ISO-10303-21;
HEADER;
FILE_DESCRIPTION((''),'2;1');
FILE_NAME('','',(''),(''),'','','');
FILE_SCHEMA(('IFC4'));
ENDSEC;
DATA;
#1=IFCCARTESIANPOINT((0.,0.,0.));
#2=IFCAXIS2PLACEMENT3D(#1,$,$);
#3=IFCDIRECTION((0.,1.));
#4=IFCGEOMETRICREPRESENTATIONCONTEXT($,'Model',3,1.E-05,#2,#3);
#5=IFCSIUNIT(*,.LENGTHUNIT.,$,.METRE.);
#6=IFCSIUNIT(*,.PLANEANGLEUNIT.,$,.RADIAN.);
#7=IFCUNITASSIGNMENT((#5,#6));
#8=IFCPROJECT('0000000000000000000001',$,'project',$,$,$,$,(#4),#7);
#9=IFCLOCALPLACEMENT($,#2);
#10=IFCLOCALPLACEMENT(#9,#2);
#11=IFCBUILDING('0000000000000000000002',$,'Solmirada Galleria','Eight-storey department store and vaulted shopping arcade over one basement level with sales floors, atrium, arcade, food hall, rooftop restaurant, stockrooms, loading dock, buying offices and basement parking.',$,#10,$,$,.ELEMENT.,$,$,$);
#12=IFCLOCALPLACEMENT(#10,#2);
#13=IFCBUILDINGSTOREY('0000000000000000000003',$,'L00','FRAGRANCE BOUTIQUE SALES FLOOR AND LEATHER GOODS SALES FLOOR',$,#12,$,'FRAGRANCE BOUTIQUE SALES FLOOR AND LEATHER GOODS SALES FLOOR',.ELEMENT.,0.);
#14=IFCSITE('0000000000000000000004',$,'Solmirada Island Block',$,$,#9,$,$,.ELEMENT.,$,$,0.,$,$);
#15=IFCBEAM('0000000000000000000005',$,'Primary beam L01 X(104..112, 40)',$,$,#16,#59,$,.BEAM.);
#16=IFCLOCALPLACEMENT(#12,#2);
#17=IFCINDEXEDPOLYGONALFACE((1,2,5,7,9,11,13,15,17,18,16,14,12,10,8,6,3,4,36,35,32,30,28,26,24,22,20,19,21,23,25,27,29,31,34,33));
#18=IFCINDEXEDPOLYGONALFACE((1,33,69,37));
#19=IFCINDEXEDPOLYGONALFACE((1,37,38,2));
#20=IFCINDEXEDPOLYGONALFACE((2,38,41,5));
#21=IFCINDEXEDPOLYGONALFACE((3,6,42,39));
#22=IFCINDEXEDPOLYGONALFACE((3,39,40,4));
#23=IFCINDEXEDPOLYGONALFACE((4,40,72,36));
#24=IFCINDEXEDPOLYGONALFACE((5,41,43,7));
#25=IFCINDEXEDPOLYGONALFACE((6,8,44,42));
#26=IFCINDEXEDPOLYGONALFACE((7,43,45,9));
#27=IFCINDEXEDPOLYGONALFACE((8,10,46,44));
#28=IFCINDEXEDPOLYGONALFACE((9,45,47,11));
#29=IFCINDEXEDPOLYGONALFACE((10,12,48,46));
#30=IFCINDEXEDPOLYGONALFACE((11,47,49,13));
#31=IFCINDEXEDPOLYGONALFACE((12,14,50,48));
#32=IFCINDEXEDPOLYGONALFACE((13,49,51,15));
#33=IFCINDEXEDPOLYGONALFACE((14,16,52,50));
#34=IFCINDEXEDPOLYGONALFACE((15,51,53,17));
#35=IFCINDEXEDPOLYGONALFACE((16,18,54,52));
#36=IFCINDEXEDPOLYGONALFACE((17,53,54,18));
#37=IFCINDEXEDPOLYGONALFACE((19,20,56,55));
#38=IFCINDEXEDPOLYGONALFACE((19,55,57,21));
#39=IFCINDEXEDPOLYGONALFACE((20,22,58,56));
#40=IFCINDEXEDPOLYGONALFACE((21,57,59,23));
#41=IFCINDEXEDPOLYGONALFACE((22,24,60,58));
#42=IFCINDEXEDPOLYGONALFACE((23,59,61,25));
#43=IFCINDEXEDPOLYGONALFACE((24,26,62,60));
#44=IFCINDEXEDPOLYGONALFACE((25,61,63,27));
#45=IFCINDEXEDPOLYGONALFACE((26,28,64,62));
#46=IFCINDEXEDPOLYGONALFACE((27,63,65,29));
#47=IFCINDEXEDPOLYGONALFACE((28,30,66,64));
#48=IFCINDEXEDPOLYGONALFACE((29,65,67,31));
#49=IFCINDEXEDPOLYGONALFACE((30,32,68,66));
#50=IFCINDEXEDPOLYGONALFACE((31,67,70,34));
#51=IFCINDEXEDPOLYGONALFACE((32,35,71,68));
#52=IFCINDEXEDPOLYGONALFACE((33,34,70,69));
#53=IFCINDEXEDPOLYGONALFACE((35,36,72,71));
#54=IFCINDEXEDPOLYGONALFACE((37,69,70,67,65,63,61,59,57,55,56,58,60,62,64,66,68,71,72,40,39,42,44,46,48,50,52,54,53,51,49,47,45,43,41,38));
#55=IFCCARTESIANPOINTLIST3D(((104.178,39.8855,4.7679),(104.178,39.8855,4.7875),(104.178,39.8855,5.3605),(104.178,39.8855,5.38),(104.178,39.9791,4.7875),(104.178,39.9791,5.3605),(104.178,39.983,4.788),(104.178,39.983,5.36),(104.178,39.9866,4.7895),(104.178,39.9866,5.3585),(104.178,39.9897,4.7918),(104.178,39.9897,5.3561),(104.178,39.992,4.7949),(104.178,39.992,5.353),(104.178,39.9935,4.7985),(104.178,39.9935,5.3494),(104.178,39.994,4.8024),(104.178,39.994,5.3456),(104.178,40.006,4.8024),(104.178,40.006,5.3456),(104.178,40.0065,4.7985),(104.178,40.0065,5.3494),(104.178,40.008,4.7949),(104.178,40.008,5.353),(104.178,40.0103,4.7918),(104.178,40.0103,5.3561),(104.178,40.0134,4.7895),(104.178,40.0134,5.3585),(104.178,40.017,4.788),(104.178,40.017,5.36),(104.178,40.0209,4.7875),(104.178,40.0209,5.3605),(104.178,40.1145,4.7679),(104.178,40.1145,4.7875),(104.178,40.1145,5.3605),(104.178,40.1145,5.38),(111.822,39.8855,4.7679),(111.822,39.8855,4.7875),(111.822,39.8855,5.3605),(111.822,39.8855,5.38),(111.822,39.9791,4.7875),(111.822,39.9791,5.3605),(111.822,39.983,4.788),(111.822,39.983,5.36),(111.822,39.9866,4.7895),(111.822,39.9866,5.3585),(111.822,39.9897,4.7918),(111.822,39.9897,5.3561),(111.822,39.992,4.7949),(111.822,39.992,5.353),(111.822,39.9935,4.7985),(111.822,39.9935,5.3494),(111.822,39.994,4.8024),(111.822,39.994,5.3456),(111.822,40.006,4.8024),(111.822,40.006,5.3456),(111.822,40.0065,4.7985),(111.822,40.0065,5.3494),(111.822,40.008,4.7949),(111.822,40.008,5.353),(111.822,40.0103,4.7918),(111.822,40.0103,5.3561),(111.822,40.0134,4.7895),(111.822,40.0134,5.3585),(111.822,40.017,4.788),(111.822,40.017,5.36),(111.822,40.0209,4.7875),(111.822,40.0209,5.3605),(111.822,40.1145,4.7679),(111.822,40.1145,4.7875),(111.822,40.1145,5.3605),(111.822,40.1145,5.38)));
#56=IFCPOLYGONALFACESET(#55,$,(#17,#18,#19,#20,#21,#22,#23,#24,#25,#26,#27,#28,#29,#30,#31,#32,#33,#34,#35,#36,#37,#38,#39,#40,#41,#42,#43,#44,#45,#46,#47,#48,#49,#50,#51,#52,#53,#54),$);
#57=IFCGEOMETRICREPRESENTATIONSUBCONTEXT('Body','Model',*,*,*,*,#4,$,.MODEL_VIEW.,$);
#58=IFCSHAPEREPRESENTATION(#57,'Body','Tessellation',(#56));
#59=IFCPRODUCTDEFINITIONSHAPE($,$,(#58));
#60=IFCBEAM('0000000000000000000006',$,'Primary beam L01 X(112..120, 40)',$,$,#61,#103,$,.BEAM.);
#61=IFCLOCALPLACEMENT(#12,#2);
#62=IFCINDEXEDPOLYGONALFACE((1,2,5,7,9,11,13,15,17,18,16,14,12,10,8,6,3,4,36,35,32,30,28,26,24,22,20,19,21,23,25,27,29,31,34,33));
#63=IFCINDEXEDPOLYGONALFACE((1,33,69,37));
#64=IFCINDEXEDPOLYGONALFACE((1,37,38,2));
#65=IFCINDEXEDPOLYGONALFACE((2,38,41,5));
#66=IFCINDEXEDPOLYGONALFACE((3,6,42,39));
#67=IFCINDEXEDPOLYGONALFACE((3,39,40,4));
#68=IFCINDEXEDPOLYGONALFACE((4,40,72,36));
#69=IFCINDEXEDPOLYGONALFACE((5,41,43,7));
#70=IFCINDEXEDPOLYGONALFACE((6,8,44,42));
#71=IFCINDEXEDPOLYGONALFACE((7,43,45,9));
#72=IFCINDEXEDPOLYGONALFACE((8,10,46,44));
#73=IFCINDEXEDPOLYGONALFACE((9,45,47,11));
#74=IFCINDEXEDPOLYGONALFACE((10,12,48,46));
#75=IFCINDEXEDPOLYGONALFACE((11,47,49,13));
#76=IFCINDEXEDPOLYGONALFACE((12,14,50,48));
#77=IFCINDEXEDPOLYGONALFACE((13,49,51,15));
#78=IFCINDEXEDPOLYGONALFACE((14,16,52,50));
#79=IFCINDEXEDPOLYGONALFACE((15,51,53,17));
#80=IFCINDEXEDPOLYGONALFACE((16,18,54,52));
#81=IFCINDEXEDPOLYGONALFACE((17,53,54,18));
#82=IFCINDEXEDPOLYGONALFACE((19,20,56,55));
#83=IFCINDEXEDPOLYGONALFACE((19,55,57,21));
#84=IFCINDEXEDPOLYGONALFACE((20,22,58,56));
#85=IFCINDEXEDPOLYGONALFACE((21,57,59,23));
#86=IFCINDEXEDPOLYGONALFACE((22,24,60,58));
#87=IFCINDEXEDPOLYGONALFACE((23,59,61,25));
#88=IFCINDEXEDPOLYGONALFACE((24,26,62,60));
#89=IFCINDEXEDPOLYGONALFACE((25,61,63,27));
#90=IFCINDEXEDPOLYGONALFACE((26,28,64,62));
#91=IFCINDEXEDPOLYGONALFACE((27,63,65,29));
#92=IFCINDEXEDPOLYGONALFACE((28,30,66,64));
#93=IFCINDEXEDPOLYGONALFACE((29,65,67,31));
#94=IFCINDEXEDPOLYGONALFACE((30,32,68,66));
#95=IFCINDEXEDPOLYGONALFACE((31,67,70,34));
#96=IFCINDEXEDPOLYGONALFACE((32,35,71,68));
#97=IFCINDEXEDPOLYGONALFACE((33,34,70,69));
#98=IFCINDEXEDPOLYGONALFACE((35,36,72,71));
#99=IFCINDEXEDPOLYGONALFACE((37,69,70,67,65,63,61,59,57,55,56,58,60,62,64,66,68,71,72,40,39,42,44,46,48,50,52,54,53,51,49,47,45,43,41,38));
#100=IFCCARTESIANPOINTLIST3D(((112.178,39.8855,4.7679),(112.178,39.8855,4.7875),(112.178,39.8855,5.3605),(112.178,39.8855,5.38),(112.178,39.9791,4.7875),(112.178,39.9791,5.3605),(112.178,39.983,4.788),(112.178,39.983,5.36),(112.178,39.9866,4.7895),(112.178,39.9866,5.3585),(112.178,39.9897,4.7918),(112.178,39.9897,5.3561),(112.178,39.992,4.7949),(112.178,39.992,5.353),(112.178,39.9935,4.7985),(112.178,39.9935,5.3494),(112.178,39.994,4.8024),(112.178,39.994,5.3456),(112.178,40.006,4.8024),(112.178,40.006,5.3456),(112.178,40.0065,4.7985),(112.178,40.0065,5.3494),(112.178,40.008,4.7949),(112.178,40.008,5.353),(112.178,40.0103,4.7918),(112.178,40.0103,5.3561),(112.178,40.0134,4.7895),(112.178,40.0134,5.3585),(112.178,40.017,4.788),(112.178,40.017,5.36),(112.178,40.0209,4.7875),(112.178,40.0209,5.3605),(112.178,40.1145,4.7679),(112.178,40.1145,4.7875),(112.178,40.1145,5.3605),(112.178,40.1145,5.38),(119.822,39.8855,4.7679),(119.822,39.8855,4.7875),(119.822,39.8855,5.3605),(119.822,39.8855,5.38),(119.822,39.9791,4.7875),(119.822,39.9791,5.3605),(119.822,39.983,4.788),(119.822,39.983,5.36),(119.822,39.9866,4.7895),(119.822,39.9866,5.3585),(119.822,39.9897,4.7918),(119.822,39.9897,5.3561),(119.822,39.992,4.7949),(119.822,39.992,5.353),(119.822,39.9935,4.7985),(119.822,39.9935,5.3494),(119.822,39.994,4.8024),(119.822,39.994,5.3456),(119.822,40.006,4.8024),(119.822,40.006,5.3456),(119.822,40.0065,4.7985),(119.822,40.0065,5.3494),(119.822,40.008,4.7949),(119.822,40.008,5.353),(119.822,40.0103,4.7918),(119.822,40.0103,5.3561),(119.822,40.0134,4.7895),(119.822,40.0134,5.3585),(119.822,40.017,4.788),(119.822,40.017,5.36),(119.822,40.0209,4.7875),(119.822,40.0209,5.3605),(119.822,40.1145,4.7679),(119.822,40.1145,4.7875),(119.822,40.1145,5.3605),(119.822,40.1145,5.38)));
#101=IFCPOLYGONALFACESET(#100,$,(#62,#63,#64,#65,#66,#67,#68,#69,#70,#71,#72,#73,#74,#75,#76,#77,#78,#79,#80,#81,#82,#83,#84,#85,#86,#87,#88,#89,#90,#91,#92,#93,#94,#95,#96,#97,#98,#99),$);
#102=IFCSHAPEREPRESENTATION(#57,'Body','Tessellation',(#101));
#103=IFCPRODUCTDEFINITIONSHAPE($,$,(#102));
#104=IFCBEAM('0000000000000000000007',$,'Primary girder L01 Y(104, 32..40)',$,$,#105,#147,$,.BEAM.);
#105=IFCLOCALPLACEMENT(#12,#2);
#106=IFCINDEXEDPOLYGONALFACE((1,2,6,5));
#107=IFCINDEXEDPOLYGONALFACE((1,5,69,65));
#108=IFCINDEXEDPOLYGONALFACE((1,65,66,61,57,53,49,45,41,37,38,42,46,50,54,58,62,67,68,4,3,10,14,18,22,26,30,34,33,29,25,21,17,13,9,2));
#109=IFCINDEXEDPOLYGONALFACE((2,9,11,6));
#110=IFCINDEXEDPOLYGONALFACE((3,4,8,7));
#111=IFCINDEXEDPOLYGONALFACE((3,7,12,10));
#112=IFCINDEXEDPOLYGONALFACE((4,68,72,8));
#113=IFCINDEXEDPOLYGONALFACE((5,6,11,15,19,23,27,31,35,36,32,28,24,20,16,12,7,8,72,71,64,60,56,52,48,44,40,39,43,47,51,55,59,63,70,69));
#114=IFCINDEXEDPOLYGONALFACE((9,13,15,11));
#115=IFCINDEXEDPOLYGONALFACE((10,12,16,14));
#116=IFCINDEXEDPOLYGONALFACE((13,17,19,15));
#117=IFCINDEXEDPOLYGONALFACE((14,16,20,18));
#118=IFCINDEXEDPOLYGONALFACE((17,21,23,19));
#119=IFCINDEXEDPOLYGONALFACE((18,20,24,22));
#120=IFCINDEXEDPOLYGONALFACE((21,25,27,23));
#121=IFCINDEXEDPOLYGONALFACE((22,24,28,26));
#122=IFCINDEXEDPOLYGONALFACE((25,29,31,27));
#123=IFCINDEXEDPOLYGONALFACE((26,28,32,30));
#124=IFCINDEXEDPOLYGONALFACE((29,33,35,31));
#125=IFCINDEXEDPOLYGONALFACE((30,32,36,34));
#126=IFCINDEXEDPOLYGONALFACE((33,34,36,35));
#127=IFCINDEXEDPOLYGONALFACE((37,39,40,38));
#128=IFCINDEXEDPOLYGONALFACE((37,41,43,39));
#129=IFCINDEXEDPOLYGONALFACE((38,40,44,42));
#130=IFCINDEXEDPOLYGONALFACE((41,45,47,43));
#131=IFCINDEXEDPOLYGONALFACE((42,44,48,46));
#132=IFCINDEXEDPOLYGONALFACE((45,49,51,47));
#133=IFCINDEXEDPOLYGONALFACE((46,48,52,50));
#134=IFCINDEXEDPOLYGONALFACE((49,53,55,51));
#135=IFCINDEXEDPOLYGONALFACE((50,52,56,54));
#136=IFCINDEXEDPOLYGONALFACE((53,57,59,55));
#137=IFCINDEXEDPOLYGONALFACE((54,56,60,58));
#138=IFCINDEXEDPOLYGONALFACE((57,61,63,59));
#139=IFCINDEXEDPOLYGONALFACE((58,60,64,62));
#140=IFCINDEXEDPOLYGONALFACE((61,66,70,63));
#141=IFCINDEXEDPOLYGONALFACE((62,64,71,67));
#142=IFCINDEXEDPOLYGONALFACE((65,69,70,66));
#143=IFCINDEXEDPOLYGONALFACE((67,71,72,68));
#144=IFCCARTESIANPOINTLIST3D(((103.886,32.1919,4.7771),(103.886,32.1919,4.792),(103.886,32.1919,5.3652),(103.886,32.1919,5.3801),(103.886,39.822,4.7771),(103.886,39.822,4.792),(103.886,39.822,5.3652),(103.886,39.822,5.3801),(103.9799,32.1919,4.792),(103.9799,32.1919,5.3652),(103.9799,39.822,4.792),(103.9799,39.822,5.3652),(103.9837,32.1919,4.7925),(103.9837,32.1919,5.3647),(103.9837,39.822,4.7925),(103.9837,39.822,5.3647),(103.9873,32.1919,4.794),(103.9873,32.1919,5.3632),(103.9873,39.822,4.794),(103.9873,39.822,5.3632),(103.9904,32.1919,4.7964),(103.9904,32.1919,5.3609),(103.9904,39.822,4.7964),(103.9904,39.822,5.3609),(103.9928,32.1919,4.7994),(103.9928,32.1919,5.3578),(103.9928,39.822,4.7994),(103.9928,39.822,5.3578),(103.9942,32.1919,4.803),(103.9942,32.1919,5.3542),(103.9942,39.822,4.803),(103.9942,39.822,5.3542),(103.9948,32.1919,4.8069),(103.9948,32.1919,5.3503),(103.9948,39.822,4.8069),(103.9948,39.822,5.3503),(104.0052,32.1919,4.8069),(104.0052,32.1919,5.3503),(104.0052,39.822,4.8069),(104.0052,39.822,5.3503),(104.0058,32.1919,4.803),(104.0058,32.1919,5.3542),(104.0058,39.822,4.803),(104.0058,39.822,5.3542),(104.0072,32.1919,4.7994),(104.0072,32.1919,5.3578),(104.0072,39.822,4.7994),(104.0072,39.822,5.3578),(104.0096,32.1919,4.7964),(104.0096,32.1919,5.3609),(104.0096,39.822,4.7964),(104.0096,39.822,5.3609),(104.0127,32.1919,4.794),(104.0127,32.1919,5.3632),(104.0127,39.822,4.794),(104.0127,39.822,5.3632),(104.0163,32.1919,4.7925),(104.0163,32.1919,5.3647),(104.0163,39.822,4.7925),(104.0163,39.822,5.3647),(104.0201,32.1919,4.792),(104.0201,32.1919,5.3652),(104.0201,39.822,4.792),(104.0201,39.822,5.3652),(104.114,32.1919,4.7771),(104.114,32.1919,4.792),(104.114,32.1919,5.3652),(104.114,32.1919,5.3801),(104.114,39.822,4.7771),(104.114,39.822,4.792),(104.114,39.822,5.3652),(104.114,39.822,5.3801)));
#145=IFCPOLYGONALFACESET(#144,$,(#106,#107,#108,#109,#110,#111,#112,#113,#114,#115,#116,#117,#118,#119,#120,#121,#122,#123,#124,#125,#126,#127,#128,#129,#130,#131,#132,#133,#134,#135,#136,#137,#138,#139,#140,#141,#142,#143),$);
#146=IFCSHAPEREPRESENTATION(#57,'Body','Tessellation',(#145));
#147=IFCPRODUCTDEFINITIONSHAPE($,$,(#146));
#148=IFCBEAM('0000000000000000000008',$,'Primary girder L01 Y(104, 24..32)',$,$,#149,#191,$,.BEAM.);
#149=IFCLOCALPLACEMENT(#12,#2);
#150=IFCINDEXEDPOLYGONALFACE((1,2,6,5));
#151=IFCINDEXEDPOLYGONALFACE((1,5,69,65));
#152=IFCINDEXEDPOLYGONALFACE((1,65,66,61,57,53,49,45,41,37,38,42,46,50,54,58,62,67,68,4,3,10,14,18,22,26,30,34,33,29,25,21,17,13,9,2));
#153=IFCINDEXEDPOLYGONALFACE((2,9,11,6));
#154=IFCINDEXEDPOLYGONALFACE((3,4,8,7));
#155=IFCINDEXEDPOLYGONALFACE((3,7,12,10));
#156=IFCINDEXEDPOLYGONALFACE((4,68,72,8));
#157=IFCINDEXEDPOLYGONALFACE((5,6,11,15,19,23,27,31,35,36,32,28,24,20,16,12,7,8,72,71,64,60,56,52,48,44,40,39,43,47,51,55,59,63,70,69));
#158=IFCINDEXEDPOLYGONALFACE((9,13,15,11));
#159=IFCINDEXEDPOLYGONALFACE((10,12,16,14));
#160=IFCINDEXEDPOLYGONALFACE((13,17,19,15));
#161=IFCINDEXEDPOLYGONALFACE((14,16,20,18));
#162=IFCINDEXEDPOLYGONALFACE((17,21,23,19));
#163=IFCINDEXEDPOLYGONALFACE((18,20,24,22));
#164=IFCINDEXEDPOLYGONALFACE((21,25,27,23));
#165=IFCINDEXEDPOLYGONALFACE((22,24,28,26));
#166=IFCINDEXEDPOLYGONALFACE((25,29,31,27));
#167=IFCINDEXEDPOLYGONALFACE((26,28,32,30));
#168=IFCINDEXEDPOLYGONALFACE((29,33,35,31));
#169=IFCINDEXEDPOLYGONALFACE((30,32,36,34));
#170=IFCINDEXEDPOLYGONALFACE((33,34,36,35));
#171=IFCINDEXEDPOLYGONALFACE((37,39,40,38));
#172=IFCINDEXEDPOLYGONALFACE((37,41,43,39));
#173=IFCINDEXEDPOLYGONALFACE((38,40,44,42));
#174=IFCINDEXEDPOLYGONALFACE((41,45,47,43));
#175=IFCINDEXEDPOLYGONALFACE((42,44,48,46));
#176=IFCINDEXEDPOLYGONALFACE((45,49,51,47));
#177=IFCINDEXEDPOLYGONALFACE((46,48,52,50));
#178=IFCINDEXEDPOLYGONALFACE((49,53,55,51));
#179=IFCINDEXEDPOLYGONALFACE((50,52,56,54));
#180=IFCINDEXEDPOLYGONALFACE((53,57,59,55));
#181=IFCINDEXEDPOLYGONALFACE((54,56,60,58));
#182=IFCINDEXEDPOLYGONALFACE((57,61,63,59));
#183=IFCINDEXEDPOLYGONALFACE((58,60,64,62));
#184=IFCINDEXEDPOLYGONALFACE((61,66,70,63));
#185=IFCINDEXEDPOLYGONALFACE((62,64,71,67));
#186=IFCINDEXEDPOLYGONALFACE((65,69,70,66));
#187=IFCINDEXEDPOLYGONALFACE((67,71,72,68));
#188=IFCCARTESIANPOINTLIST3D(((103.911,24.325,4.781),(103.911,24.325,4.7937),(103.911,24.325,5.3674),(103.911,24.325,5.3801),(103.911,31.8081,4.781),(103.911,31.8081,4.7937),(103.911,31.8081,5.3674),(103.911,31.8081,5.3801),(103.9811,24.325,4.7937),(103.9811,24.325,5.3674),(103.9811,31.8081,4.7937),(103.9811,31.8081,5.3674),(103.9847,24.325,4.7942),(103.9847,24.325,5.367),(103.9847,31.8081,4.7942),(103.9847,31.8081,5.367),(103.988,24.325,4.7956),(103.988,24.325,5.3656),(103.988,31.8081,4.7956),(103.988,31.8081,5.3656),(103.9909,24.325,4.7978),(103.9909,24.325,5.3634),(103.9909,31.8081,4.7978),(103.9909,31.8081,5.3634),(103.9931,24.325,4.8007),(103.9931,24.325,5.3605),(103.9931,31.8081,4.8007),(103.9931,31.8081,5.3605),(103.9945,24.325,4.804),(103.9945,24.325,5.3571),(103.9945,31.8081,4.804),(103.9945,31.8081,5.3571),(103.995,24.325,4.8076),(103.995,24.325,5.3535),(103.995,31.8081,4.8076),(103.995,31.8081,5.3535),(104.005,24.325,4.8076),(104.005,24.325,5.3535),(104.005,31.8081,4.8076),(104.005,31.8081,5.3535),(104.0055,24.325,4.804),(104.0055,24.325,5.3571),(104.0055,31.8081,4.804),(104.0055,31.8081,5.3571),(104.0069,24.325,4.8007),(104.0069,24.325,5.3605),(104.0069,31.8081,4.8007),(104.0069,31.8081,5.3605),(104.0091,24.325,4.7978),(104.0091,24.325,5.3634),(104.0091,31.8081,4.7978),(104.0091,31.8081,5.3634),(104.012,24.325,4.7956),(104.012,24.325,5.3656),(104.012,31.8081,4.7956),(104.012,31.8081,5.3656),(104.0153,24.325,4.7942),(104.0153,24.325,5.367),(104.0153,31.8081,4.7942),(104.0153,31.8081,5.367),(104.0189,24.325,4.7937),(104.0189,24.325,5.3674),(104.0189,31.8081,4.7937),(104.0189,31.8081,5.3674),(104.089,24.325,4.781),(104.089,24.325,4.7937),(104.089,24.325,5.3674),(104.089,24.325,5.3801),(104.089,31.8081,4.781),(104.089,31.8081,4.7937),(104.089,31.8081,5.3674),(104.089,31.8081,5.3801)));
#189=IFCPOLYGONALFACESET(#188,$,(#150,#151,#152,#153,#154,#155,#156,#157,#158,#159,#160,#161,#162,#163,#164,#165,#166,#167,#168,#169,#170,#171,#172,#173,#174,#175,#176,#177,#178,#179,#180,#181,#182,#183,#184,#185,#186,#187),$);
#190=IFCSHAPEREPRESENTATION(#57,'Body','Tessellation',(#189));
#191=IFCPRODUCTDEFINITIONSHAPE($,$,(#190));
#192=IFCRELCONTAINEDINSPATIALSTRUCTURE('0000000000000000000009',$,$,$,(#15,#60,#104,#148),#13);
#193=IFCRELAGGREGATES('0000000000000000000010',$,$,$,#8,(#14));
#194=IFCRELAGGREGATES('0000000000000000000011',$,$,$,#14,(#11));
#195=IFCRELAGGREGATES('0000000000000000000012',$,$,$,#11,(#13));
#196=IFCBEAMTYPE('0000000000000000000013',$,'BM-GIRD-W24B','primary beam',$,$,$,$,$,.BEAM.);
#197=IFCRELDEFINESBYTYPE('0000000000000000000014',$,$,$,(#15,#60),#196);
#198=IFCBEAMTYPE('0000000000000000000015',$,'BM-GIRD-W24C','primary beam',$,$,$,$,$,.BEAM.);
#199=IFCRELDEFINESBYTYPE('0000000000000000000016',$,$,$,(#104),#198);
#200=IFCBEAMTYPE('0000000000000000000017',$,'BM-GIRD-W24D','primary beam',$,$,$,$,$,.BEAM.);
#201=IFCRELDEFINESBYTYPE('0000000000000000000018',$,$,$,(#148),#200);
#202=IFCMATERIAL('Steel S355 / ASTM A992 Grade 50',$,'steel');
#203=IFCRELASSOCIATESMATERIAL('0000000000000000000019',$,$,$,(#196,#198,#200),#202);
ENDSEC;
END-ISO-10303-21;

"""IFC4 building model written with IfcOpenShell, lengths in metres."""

from ifc_helpers import new_model, si_unit, direction, frame, origin, origin_2d, place, context, subcontext, project, spatial, i_section, extrude, material, material_profile, profile_set, type_object, element, save


model = new_model("IFC4")

# Units and contexts
model_context = context("Model", 3, precision=1e-05, world=origin(), true_north=direction((0.0, 1.0)))
body_context = subcontext(model_context, "Body", "Model", "MODEL_VIEW")
ifc_project = project(units=[si_unit("LENGTHUNIT", "METRE"), si_unit("PLANEANGLEUNIT", "RADIAN")], contexts=[model_context])

# Site, building, storey
site_placement = place(None, origin())
site = spatial("IfcSite", under=ifc_project, at=site_placement, Name="Solmirada Island Block", CompositionType="ELEMENT", RefElevation=0.0)
building_placement = place(site_placement, origin())
building = spatial("IfcBuilding", under=site, at=building_placement, Name="Solmirada Galleria", Description="Eight-storey department store and vaulted shopping arcade over one basement level with sales floors, atrium, arcade, food hall, rooftop restaurant, stockrooms, loading dock, buying offices and basement parking.", CompositionType="ELEMENT")
storey_placement = place(building_placement, origin())
storey = spatial("IfcBuildingStorey", under=building, at=storey_placement, Name="L00", Description="FRAGRANCE BOUTIQUE SALES FLOOR AND LEATHER GOODS SALES FLOOR", LongName="FRAGRANCE BOUTIQUE SALES FLOOR AND LEATHER GOODS SALES FLOOR", CompositionType="ELEMENT", Elevation=0.0)

# Beams
ifc_material_1 = material(Name="Steel S355 / ASTM A992 Grade 50", Category="steel")
ifc_material_profile_1 = material_profile(ifc_material_1, i_section(OverallWidth=0.229, OverallDepth=0.6121, WebThickness=0.012, FlangeThickness=0.0195, FilletRadius=0.0149, at=origin_2d()), Name="W24X84")
ifc_profile_set_1 = profile_set([ifc_material_profile_1], Name="Steel S355 / ASTM A992 Grade 50")
beam_type_1 = type_object("IfcBeamType", Name="BM-GIRD-W24B", Description="primary beam", PredefinedType="BEAM", material=ifc_profile_set_1)
for number, where, z_axis, x_axis, name in (
    (1, (104.178, 40.0, 5.074), (1.0, 0.0, 0.0), (0.0, 1.0, 0.0), "Primary beam L01 X(104..112, 40)"),
    (2, (112.178, 40.0, 5.074), (1.0, 0.0, 0.0), (0.0, 1.0, 0.0), "Primary beam L01 X(112..120, 40)"),
):
    element("IfcBeam", number, at=place(storey_placement, frame(where, z_axis=z_axis, x_axis=x_axis)), inside=storey, type_object=beam_type_1, Name=name, PredefinedType="BEAM", context=body_context, shape_type="SweptSolid", body=[
        extrude(i_section(OverallWidth=0.229, OverallDepth=0.6121, WebThickness=0.012, FlangeThickness=0.0195, FilletRadius=0.0149, at=origin_2d()), origin(), (0.0, 0.0, 1.0), 7.644),
    ])
ifc_material_profile_2 = material_profile(ifc_material_1, i_section(OverallWidth=0.228, OverallDepth=0.603, WebThickness=0.0105, FlangeThickness=0.0149, FilletRadius=0.0149, at=origin_2d()), Name="W24X68")
ifc_profile_set_2 = profile_set([ifc_material_profile_2], Name="Steel S355 / ASTM A992 Grade 50")
beam_type_2 = type_object("IfcBeamType", Name="BM-GIRD-W24C", Description="primary beam", PredefinedType="BEAM", material=ifc_profile_set_2)
beam_1_placement = place(storey_placement, frame((104.0, 32.1919, 5.0786), z_axis=(0.0, 1.0, 0.0), x_axis=(-1.0, 0.0, 0.0)))
element("IfcBeam", 3, at=beam_1_placement, inside=storey, type_object=beam_type_2, Name="Primary girder L01 Y(104, 32..40)", PredefinedType="BEAM", context=body_context, shape_type="SweptSolid", body=[
    extrude(i_section(OverallWidth=0.228, OverallDepth=0.603, WebThickness=0.0105, FlangeThickness=0.0149, FilletRadius=0.0149, at=origin_2d()), origin(), (0.0, 0.0, 1.0), 7.6301),
])
ifc_material_profile_3 = material_profile(ifc_material_1, i_section(OverallWidth=0.178, OverallDepth=0.5991, WebThickness=0.01, FlangeThickness=0.0127, FilletRadius=0.0139, at=origin_2d()), Name="W24X55")
ifc_profile_set_3 = profile_set([ifc_material_profile_3], Name="Steel S355 / ASTM A992 Grade 50")
beam_type_3 = type_object("IfcBeamType", Name="BM-GIRD-W24D", Description="primary beam", PredefinedType="BEAM", material=ifc_profile_set_3)
beam_2_placement = place(storey_placement, frame((104.0, 24.325, 5.0806), z_axis=(0.0, 1.0, 0.0), x_axis=(-1.0, 0.0, 0.0)))
element("IfcBeam", 4, at=beam_2_placement, inside=storey, type_object=beam_type_3, Name="Primary girder L01 Y(104, 24..32)", PredefinedType="BEAM", context=body_context, shape_type="SweptSolid", body=[
    extrude(i_section(OverallWidth=0.178, OverallDepth=0.5991, WebThickness=0.01, FlangeThickness=0.0127, FilletRadius=0.0139, at=origin_2d()), origin(), (0.0, 0.0, 1.0), 7.4832),
])

save(model, "model.ifc")
